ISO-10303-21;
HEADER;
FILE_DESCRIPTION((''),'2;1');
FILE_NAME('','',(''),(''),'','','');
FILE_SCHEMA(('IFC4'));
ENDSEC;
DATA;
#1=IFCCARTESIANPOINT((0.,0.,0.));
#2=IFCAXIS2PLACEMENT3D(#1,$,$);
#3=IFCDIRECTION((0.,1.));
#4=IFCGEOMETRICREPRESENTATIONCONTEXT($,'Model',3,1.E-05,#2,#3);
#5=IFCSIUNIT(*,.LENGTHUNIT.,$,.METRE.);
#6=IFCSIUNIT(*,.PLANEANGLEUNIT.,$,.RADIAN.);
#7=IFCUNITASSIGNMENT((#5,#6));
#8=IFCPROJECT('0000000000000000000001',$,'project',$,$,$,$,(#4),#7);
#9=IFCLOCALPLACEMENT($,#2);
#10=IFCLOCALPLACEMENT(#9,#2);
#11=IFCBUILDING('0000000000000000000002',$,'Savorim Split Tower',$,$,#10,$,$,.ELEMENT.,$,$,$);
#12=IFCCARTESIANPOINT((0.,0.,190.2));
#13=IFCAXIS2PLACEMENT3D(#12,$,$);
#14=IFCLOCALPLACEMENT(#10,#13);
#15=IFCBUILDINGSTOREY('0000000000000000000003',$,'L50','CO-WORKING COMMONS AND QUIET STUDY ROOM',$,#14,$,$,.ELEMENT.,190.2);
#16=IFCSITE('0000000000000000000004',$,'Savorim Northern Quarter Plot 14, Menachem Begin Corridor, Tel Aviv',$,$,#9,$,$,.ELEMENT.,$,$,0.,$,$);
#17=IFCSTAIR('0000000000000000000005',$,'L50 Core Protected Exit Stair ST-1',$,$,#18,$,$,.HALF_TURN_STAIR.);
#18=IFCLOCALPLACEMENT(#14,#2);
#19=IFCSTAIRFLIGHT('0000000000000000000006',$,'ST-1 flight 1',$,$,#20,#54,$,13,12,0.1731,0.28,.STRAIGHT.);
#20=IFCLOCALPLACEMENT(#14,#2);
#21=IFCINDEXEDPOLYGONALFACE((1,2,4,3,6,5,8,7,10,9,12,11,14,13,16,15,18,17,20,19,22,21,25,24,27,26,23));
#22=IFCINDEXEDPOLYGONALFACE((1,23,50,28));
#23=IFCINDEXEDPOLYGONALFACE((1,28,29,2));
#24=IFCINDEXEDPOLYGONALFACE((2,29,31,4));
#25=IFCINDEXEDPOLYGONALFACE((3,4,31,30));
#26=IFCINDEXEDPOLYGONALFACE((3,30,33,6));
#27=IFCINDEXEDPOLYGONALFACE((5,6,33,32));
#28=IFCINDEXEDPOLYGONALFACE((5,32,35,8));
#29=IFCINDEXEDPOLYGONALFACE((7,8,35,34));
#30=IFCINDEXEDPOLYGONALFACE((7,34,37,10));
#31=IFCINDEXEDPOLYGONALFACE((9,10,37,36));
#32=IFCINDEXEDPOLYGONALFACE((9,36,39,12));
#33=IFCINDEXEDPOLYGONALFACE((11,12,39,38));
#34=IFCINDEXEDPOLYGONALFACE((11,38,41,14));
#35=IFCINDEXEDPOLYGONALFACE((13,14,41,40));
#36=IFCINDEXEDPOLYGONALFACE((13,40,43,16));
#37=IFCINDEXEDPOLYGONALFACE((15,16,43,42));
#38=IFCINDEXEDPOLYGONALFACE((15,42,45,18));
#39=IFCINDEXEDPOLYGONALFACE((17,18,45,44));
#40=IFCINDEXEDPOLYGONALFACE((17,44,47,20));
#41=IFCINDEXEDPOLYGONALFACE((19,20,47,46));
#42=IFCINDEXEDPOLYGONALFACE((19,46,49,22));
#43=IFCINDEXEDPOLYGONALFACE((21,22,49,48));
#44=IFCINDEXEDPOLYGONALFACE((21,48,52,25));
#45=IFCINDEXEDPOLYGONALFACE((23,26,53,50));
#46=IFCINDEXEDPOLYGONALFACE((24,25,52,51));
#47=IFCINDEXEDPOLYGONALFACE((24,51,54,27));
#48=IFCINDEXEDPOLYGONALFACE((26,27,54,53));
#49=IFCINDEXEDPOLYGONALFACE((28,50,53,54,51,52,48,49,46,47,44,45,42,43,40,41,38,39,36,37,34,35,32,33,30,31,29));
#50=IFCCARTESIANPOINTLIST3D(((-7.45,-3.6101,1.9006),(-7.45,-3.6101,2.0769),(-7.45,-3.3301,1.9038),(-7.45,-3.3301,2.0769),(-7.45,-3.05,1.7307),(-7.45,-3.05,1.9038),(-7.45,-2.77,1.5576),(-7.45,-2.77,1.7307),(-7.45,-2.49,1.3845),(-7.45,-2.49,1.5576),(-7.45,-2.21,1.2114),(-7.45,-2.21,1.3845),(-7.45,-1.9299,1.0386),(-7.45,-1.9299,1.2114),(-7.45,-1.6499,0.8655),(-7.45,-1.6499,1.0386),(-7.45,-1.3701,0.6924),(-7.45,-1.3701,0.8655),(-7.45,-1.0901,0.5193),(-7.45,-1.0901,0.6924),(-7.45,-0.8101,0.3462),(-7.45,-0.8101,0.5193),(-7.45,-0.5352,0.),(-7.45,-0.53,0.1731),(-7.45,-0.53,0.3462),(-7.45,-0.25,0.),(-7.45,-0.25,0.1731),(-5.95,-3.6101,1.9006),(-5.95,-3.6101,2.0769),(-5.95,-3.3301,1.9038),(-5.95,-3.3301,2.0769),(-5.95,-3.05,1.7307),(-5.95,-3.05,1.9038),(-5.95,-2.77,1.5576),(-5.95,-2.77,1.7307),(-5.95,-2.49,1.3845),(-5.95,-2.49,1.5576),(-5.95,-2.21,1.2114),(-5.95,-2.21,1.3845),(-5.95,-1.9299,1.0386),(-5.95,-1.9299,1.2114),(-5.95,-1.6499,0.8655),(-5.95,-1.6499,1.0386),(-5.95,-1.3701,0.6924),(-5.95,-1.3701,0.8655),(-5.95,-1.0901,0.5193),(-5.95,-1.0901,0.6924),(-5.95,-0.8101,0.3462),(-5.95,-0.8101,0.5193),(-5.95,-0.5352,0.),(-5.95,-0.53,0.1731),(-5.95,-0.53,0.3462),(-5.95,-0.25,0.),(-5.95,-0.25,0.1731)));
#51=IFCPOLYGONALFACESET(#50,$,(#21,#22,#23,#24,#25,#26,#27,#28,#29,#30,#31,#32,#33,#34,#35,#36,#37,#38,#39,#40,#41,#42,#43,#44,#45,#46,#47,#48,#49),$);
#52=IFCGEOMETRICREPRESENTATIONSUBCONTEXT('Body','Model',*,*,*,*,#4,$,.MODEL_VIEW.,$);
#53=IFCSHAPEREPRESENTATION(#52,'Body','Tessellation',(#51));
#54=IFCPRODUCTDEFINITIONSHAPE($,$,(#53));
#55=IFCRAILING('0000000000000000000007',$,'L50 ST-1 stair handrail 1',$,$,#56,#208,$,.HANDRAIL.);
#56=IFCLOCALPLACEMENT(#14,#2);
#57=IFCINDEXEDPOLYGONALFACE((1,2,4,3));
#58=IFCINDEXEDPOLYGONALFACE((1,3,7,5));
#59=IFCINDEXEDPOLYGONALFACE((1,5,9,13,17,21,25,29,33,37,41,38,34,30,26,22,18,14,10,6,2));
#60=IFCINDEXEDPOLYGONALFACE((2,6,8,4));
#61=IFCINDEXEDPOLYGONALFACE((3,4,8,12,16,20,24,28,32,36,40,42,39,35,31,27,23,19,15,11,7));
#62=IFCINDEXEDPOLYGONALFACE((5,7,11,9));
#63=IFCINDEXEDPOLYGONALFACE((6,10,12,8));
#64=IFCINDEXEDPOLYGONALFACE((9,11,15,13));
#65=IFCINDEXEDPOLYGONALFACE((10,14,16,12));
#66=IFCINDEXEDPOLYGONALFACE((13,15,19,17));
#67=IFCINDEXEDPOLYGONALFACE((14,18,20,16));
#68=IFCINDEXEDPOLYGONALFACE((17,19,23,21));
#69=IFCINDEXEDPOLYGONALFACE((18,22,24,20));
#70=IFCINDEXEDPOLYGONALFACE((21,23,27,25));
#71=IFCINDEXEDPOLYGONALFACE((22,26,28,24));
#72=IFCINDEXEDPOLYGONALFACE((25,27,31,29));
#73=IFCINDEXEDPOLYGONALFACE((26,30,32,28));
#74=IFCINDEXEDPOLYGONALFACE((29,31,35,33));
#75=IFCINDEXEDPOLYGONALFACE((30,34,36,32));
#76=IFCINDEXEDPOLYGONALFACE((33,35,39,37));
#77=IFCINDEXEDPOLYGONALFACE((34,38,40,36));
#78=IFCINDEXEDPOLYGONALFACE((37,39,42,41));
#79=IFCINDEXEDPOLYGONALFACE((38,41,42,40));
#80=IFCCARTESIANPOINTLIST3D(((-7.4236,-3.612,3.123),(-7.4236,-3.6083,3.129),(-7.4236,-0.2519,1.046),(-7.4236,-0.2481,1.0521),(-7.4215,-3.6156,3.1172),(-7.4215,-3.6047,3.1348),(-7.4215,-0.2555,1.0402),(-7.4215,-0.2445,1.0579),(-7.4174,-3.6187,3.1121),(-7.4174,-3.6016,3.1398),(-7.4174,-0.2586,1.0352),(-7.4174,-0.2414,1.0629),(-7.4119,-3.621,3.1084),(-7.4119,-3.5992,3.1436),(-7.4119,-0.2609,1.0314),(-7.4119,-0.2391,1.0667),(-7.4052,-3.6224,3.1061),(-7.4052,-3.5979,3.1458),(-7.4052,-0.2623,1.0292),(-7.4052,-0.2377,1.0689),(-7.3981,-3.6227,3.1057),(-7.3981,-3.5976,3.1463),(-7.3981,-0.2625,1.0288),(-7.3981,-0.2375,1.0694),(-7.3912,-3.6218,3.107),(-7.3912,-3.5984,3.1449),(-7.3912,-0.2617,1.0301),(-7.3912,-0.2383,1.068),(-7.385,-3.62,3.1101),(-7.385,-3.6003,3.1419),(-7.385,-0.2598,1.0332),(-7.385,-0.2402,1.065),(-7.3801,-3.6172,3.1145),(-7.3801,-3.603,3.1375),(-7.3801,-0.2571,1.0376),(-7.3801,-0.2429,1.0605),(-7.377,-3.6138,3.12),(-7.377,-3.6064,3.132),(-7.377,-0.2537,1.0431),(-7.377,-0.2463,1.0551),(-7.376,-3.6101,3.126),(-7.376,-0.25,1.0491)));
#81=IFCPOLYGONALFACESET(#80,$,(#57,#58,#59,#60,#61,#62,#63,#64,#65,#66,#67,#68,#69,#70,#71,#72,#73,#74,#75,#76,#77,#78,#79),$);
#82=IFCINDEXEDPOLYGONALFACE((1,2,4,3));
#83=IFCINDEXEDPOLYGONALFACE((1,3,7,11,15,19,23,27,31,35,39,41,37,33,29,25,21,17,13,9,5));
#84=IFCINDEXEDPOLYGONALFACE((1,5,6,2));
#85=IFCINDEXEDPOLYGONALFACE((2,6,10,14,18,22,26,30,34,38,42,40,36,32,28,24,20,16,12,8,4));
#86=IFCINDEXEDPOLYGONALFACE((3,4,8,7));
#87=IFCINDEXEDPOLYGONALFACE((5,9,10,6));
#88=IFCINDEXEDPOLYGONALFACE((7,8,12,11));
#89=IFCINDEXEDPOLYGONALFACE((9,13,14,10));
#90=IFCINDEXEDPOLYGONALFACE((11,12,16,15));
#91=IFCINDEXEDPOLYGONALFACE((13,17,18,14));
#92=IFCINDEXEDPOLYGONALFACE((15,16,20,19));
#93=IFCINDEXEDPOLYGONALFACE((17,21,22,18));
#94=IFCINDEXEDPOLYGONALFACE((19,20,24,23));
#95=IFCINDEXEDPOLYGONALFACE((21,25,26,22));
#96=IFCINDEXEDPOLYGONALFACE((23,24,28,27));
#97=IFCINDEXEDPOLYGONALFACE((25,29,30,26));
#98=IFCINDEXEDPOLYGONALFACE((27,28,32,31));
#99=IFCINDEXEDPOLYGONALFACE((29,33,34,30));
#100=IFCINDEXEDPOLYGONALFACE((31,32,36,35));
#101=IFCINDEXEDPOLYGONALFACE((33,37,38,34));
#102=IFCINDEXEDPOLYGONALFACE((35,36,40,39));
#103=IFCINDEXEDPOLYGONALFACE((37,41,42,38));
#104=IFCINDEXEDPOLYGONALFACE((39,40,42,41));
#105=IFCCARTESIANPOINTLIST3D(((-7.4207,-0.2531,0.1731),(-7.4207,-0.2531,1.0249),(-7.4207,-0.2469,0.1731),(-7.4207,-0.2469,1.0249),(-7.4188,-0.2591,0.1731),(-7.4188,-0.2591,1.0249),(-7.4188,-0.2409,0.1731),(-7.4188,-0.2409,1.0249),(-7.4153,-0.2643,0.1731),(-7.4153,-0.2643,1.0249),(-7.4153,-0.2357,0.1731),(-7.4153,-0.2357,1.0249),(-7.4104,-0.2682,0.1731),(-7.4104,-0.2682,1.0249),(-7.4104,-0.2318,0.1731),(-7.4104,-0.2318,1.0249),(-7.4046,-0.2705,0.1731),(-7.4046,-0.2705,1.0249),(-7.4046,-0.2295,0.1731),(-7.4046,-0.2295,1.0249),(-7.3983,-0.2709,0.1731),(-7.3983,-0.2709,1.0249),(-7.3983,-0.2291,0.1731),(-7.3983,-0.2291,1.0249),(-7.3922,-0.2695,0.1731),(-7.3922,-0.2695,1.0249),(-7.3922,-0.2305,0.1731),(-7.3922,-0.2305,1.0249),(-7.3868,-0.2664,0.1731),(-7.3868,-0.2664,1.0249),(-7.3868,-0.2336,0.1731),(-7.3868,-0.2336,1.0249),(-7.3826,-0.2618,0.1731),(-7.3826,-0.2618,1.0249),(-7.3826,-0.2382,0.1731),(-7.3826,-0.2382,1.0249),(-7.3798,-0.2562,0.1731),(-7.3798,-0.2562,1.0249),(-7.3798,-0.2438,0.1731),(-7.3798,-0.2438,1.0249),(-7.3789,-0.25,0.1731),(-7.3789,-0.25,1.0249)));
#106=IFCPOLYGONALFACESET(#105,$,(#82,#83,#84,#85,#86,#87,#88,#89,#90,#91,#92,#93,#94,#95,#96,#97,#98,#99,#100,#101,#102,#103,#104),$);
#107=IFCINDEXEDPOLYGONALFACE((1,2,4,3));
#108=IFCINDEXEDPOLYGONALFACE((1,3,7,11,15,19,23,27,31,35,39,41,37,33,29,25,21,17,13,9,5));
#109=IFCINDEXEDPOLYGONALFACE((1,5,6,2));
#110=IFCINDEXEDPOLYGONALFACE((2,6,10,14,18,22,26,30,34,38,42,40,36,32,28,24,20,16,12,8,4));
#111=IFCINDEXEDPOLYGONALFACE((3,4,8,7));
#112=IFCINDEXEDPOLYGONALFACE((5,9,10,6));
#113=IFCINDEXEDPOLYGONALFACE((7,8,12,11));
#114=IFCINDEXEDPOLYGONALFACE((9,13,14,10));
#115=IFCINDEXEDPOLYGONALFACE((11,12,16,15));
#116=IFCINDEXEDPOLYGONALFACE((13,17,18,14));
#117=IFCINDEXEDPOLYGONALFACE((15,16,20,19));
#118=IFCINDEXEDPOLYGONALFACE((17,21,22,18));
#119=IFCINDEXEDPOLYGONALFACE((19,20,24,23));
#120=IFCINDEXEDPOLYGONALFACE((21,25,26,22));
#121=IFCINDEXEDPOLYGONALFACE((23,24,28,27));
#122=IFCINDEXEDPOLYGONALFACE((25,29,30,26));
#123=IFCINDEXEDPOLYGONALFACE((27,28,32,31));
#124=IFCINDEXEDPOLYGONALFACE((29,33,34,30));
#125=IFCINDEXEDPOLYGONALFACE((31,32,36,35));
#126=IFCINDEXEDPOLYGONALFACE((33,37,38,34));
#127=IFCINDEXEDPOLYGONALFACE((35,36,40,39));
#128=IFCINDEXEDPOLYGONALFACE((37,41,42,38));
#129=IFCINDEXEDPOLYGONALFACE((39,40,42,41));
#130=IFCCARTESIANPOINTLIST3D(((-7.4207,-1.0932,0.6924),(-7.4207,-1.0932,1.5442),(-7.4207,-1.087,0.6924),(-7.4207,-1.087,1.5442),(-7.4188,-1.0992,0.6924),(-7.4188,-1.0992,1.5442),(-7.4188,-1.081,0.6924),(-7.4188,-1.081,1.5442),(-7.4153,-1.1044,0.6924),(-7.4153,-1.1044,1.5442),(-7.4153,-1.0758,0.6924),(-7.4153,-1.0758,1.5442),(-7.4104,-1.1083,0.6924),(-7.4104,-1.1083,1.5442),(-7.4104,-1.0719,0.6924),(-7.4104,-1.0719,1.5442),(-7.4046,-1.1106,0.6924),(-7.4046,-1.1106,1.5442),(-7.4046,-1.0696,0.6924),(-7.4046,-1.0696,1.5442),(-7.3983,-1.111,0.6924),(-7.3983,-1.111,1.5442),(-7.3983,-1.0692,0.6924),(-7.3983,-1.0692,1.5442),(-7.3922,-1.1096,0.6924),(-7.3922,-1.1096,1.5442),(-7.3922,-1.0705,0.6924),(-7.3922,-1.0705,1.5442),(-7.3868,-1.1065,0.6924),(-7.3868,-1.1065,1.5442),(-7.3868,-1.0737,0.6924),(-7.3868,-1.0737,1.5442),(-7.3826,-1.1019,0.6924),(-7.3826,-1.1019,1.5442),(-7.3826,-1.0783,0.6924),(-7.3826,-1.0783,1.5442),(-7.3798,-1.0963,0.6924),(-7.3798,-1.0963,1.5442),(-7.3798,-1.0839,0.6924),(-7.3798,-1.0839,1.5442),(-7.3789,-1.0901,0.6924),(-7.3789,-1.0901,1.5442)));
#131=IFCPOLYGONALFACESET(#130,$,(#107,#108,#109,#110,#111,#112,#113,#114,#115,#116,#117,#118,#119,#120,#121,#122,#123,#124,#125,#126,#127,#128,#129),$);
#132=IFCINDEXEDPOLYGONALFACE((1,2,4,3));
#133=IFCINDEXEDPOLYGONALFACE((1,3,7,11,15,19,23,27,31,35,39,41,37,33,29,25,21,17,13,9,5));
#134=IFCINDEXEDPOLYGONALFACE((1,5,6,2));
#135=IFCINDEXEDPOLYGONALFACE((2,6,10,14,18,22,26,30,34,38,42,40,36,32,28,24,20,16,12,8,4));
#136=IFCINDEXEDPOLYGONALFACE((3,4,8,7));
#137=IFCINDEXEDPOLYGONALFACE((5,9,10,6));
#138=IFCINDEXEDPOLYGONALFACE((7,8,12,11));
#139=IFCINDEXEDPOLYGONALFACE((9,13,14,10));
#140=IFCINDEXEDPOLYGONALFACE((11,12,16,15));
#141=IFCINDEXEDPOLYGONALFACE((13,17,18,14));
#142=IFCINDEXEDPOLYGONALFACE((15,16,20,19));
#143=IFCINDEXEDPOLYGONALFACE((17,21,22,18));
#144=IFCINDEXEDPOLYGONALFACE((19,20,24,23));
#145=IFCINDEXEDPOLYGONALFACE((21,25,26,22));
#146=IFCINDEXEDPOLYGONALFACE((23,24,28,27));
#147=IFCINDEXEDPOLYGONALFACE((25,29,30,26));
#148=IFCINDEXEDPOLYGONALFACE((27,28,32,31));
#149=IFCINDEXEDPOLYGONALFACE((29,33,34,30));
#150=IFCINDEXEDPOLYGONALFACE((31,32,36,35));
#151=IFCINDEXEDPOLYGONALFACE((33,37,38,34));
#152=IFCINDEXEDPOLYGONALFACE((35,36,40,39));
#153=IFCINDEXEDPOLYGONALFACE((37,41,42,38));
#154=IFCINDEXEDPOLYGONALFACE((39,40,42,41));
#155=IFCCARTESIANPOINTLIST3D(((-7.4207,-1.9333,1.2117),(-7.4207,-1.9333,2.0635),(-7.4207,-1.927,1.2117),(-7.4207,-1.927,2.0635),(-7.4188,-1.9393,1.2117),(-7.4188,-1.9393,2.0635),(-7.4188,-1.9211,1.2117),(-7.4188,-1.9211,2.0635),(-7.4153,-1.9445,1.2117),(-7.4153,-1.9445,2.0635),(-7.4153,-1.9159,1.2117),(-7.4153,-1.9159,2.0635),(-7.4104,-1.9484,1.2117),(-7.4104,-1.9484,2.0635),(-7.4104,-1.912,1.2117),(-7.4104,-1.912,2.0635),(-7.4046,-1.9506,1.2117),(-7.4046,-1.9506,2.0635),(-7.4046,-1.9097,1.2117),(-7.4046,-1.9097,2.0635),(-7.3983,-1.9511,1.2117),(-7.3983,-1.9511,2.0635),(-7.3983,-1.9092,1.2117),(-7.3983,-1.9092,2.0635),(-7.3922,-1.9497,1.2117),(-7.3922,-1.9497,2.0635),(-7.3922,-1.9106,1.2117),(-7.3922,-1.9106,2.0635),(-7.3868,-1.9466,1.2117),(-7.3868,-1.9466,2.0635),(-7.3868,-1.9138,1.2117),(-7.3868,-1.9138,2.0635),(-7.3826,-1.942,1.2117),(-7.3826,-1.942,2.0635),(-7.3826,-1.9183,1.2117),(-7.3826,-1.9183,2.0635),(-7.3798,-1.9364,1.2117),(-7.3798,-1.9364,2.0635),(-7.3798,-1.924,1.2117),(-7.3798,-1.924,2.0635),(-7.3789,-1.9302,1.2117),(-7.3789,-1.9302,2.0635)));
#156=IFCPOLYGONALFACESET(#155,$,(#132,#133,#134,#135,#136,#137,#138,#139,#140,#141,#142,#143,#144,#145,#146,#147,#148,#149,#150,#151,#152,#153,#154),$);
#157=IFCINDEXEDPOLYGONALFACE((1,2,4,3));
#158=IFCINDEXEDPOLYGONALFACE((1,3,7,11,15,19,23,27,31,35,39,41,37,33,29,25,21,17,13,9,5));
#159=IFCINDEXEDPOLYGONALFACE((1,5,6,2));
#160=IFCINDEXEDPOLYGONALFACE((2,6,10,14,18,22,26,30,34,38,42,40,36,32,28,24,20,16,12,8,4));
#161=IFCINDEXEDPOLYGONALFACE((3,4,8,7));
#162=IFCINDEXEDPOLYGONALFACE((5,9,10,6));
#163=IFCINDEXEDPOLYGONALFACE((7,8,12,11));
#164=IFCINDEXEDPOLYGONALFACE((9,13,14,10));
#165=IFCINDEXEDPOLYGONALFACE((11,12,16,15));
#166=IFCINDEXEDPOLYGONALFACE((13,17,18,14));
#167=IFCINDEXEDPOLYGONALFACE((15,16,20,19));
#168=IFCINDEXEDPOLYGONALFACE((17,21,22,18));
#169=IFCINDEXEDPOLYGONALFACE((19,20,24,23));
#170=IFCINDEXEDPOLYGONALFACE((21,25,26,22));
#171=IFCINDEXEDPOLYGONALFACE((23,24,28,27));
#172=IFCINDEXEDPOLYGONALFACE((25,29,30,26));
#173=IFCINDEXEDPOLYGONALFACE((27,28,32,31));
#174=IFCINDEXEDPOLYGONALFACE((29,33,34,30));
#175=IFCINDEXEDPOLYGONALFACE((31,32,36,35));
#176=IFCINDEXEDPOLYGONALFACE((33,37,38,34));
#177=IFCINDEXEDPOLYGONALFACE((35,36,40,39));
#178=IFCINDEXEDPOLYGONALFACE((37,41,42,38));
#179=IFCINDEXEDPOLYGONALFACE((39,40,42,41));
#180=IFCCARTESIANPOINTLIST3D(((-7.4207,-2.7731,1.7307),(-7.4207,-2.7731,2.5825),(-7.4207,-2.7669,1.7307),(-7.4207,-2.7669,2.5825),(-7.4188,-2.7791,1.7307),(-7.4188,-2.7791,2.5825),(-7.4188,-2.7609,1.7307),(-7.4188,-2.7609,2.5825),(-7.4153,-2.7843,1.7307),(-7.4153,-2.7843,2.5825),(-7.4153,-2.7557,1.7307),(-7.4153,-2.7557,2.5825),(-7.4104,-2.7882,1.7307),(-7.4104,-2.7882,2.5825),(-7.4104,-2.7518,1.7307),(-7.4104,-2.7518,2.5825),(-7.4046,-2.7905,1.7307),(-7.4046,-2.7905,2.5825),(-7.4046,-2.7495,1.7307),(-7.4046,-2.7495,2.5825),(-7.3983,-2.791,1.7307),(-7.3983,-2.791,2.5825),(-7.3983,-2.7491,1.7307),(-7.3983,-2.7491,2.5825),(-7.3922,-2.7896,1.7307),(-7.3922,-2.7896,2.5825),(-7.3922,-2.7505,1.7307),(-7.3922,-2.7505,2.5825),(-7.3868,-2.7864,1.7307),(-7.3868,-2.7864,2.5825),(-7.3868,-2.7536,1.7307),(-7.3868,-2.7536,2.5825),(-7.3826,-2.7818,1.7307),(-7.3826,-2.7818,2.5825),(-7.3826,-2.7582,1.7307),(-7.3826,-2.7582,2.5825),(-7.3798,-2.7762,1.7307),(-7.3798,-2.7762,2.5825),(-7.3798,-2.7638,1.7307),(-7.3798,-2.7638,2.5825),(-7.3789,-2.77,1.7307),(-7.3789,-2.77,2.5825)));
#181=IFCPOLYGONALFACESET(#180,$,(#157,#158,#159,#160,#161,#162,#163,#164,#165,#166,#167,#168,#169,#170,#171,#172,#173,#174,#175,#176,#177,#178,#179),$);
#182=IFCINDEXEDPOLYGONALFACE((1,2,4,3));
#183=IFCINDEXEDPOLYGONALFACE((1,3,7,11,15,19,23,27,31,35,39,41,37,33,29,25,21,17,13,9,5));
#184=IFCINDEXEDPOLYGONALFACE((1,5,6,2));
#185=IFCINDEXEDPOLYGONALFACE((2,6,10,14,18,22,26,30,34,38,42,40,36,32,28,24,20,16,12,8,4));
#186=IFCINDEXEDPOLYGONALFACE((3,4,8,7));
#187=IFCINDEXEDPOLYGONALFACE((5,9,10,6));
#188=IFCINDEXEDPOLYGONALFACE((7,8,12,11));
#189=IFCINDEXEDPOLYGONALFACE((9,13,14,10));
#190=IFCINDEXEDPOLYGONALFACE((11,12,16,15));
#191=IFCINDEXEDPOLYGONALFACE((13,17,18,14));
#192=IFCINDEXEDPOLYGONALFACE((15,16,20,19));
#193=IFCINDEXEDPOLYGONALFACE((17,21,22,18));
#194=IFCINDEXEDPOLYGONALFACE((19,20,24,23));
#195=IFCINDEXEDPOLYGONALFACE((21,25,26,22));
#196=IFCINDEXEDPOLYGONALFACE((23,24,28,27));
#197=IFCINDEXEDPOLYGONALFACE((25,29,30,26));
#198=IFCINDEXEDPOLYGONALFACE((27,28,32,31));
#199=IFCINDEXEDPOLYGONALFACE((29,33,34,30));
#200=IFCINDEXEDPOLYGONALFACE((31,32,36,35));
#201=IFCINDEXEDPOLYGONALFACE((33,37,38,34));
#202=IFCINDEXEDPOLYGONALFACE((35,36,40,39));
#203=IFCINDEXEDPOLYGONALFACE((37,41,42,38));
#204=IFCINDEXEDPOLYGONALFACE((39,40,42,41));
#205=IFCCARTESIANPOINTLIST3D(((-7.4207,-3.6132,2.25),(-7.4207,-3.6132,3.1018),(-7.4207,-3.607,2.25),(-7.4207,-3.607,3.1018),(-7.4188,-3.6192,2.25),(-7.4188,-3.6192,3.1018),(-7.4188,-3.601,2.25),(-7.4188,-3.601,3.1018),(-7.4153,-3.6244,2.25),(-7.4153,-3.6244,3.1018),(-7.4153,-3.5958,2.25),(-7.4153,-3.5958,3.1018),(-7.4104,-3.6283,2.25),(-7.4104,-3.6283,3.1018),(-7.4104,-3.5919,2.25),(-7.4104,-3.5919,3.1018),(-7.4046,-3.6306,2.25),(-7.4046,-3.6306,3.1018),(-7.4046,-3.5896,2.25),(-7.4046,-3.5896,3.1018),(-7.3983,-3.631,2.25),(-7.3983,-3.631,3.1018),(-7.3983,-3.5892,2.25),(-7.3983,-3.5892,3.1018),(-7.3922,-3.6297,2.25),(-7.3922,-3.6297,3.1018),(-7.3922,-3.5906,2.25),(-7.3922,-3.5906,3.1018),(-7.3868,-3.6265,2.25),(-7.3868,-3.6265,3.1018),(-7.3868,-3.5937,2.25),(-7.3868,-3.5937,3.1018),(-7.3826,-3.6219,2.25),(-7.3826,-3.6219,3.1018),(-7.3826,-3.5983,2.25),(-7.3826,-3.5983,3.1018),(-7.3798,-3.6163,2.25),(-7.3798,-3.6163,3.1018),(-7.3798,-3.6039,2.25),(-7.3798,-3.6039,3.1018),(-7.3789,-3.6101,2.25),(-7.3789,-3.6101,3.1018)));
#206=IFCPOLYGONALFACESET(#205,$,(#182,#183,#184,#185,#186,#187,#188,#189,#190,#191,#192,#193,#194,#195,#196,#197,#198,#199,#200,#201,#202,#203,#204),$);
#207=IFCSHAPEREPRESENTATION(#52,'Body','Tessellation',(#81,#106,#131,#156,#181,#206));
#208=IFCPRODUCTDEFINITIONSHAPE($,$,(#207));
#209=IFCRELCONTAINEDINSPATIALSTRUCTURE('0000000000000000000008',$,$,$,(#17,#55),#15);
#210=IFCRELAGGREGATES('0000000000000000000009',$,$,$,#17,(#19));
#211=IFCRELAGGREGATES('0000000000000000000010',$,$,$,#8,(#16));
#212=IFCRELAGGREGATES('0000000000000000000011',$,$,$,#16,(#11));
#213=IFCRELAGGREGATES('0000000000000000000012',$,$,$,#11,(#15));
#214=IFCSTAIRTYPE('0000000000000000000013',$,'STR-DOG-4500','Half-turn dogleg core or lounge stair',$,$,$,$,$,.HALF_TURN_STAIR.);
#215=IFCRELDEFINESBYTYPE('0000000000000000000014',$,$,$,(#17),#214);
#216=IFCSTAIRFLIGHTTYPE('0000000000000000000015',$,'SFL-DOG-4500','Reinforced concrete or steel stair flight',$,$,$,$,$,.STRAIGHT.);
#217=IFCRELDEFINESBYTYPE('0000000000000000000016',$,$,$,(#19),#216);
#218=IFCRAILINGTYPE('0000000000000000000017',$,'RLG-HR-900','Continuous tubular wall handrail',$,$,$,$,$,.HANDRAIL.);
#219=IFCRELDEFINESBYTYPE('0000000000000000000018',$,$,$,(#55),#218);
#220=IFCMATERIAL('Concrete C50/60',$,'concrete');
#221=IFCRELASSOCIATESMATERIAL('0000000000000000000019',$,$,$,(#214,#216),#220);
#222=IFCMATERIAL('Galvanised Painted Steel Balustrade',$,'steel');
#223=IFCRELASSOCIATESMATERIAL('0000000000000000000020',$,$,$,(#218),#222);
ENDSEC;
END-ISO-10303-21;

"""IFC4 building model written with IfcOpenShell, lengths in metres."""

from ifc_helpers import new_model, si_unit, direction, frame, origin, origin_2d, place, context, subcontext, project, spatial, polyline, circle, outline, extrude, material, type_object, element, aggregate, save


model = new_model("IFC4")

# Units and contexts
model_context = context("Model", 3, precision=1e-05, world=origin(), true_north=direction((0.0, 1.0)))
body_context = subcontext(model_context, "Body", "Model", "MODEL_VIEW")
ifc_project = project(units=[si_unit("LENGTHUNIT", "METRE"), si_unit("PLANEANGLEUNIT", "RADIAN")], contexts=[model_context])

# Site, building, storey
site_placement = place(None, origin())
site = spatial("IfcSite", under=ifc_project, at=site_placement, Name="Savorim Northern Quarter Plot 14, Menachem Begin Corridor, Tel Aviv", CompositionType="ELEMENT", RefElevation=0.0)
building_placement = place(site_placement, origin())
building = spatial("IfcBuilding", under=site, at=building_placement, Name="Savorim Split Tower", CompositionType="ELEMENT")
storey_placement = place(building_placement, frame((0.0, 0.0, 190.2)))
storey = spatial("IfcBuildingStorey", under=building, at=storey_placement, Name="L50", Description="CO-WORKING COMMONS AND QUIET STUDY ROOM", CompositionType="ELEMENT", Elevation=190.2)

# Shared definitions
ifc_material_1 = material(Name="Concrete C50/60", Category="concrete")

# Stair, stair flight
stair_type = type_object("IfcStairType", Name="STR-DOG-4500", Description="Half-turn dogleg core or lounge stair", PredefinedType="HALF_TURN_STAIR", material=ifc_material_1)
stair_placement = place(storey_placement, origin())
stair = element("IfcStair", 1, at=stair_placement, inside=storey, type_object=stair_type, Name="L50 Core Protected Exit Stair ST-1", PredefinedType="HALF_TURN_STAIR")
stair_flight_type = type_object("IfcStairFlightType", Name="SFL-DOG-4500", Description="Reinforced concrete or steel stair flight", PredefinedType="STRAIGHT", material=ifc_material_1)
stair_flight_placement = place(storey_placement, frame((-6.7, -0.25, 0.0), z_axis=(0.0, 0.0, 1.0), x_axis=(0.0, -1.0, 0.0)))
stair_flight = element("IfcStairFlight", 2, at=stair_flight_placement, type_object=stair_flight_type, Name="ST-1 flight 1", NumberOfRisers=13, NumberOfTreads=12, PredefinedType="STRAIGHT", RiserHeight=0.1731, TreadLength=0.28, context=body_context, shape_type="SweptSolid", body=[
    extrude(outline(polyline([(0.0, 0.0), (0.0, 0.1731), (0.28, 0.1731), (0.28, 0.3462), (0.5601, 0.3462), (0.5601, 0.5193), (0.8401, 0.5193), (0.8401, 0.6924), (1.1201, 0.6924), (1.1201, 0.8655), (1.3999, 0.8655), (1.3999, 1.0386), (1.6799, 1.0386), (1.6799, 1.2114), (1.96, 1.2114), (1.96, 1.3845), (2.24, 1.3845), (2.24, 1.5576), (2.52, 1.5576), (2.52, 1.7307), (2.8, 1.7307), (2.8, 1.9038), (3.0801, 1.9038), (3.0801, 2.0769), (3.3601, 2.0769), (3.3601, 2.25), (3.3601, 1.9006), (0.2852, 0.0), (0.0, 0.0)])), frame((0.0, 0.75, 0.0), z_axis=(0.0, -1.0, 0.0), x_axis=(1.0, 0.0, 0.0)), (0.0, 0.0, 1.0), 1.5),
])
aggregate(stair, [stair_flight])

# Railing
ifc_material_2 = material(Name="Galvanised Painted Steel Balustrade", Category="steel")
railing_type_1 = type_object("IfcRailingType", Name="RLG-HR-900", Description="Continuous tubular wall handrail", PredefinedType="HANDRAIL", material=ifc_material_2)
railing_1_placement = place(storey_placement, frame((-7.3999, -0.25, 0.1731)))
element("IfcRailing", 3, at=railing_1_placement, inside=storey, type_object=railing_type_1, Name="L50 ST-1 stair handrail 1", PredefinedType="HANDRAIL", context=body_context, shape_type="SweptSolid", body=[
    extrude(circle(Radius=0.0239, at=origin_2d()), frame((0.0, 0.0, 0.876), z_axis=(0.0, -0.850623, 0.525776), x_axis=(1.0, 0.0, 0.0)), (0.0, 0.0, 1.0), 3.9502),
    extrude(circle(Radius=0.021, at=origin_2d()), origin(), (0.0, 0.0, 1.0), 0.8518),
    extrude(circle(Radius=0.021, at=origin_2d()), frame((0.0, -0.8401, 0.5193)), (0.0, 0.0, 1.0), 0.8518),
    extrude(circle(Radius=0.021, at=origin_2d()), frame((0.0, -1.6802, 1.0386)), (0.0, 0.0, 1.0), 0.8518),
    extrude(circle(Radius=0.021, at=origin_2d()), frame((0.0, -2.52, 1.5576)), (0.0, 0.0, 1.0), 0.8518),
    extrude(circle(Radius=0.021, at=origin_2d()), frame((0.0, -3.3601, 2.0769)), (0.0, 0.0, 1.0), 0.8518),
])

save(model, "model.ifc")
